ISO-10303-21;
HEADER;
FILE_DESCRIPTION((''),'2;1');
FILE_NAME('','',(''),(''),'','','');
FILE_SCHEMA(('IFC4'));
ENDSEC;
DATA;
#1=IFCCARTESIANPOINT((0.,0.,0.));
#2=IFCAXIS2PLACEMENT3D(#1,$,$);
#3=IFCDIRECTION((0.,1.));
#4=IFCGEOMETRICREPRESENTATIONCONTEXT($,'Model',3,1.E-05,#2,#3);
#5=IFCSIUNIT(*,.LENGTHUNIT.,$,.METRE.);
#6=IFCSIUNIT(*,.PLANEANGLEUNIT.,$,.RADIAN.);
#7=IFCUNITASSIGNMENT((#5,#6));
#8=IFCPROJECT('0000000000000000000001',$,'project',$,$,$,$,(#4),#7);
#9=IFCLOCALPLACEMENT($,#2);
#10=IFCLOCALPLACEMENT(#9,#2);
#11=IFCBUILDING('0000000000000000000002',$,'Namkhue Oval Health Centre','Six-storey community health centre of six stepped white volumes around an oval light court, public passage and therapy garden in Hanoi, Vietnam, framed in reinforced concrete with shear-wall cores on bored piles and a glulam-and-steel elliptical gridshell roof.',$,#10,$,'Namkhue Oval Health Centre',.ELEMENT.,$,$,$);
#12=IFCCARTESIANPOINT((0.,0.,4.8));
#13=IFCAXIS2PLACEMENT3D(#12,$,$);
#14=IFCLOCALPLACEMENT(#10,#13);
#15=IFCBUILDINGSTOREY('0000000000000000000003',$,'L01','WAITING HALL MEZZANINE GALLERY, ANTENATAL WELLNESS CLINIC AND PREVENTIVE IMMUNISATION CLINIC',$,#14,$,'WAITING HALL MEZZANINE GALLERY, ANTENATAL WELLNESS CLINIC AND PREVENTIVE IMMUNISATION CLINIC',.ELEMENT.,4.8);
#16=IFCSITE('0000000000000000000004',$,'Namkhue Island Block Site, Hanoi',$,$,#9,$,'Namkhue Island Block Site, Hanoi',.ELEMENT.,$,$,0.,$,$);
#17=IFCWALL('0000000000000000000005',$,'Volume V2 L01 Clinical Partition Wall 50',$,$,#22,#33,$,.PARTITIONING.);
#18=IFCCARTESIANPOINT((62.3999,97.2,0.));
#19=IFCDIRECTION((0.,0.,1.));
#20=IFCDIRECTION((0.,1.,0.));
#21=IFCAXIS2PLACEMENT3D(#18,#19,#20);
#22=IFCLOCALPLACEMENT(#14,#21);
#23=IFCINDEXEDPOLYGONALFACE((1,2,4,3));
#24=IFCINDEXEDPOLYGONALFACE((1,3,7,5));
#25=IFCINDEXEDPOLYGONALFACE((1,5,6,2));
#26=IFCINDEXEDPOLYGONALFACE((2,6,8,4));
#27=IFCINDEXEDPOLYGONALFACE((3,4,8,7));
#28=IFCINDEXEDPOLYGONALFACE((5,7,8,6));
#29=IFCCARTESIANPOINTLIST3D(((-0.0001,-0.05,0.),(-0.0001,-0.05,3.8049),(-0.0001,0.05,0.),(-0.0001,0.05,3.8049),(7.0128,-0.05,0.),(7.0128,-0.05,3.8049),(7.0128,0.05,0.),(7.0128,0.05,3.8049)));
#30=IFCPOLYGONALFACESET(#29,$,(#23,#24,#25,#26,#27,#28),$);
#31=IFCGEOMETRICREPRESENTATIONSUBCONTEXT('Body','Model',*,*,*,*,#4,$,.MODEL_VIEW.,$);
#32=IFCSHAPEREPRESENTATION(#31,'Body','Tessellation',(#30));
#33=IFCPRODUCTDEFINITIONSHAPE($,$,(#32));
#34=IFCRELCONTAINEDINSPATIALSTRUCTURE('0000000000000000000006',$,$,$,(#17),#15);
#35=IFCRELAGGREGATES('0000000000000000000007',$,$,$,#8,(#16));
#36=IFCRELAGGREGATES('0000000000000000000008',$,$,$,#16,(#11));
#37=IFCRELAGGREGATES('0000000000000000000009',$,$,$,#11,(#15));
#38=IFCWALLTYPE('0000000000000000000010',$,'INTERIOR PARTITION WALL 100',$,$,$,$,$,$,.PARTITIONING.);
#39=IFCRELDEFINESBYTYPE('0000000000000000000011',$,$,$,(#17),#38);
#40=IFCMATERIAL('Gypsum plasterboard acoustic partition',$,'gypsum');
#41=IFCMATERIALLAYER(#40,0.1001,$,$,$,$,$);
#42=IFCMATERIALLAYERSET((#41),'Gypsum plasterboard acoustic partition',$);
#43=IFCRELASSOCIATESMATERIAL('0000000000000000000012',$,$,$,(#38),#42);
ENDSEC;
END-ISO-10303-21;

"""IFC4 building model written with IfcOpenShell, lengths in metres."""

from ifc_helpers import new_model, si_unit, direction, frame, frame_2d, origin, place, context, subcontext, project, spatial, rectangle, extrude, material, layer, layer_set, type_object, element, save


model = new_model("IFC4")

# Units and contexts
model_context = context("Model", 3, precision=1e-05, world=origin(), true_north=direction((0.0, 1.0)))
body_context = subcontext(model_context, "Body", "Model", "MODEL_VIEW")
ifc_project = project(units=[si_unit("LENGTHUNIT", "METRE"), si_unit("PLANEANGLEUNIT", "RADIAN")], contexts=[model_context])

# Site, building, storey
site_placement = place(None, origin())
site = spatial("IfcSite", under=ifc_project, at=site_placement, Name="Namkhue Island Block Site, Hanoi", LongName="Namkhue Island Block Site, Hanoi", CompositionType="ELEMENT", RefElevation=0.0)
building_placement = place(site_placement, origin())
building = spatial("IfcBuilding", under=site, at=building_placement, Name="Namkhue Oval Health Centre", Description="Six-storey community health centre of six stepped white volumes around an oval light court, public passage and therapy garden in Hanoi, Vietnam, framed in reinforced concrete with shear-wall cores on bored piles and a glulam-and-steel elliptical gridshell roof.", LongName="Namkhue Oval Health Centre", CompositionType="ELEMENT")
storey_placement = place(building_placement, frame((0.0, 0.0, 4.8)))
storey = spatial("IfcBuildingStorey", under=building, at=storey_placement, Name="L01", Description="WAITING HALL MEZZANINE GALLERY, ANTENATAL WELLNESS CLINIC AND PREVENTIVE IMMUNISATION CLINIC", LongName="WAITING HALL MEZZANINE GALLERY, ANTENATAL WELLNESS CLINIC AND PREVENTIVE IMMUNISATION CLINIC", CompositionType="ELEMENT", Elevation=4.8)

# Wall
ifc_material_1 = material(Name="Gypsum plasterboard acoustic partition", Category="gypsum")
ifc_layer_1 = layer(ifc_material_1, 0.1001)
ifc_layer_set_1 = layer_set([ifc_layer_1], Name="Gypsum plasterboard acoustic partition")
wall_type_1 = type_object("IfcWallType", Name="INTERIOR PARTITION WALL 100", PredefinedType="PARTITIONING", material=ifc_layer_set_1)
wall_1_placement = place(storey_placement, frame((62.3999, 97.2, 0.0), z_axis=(0.0, 0.0, 1.0), x_axis=(0.0, 1.0, 0.0)))
element("IfcWall", 1, at=wall_1_placement, inside=storey, type_object=wall_type_1, Name="Volume V2 L01 Clinical Partition Wall 50", PredefinedType="PARTITIONING", context=body_context, shape_type="SweptSolid", body=[
    extrude(rectangle(XDim=7.0129, YDim=0.1001, at=frame_2d((3.5063, 0.0))), origin(), (0.0, 0.0, 1.0), 3.8049),
])

save(model, "model.ifc")
